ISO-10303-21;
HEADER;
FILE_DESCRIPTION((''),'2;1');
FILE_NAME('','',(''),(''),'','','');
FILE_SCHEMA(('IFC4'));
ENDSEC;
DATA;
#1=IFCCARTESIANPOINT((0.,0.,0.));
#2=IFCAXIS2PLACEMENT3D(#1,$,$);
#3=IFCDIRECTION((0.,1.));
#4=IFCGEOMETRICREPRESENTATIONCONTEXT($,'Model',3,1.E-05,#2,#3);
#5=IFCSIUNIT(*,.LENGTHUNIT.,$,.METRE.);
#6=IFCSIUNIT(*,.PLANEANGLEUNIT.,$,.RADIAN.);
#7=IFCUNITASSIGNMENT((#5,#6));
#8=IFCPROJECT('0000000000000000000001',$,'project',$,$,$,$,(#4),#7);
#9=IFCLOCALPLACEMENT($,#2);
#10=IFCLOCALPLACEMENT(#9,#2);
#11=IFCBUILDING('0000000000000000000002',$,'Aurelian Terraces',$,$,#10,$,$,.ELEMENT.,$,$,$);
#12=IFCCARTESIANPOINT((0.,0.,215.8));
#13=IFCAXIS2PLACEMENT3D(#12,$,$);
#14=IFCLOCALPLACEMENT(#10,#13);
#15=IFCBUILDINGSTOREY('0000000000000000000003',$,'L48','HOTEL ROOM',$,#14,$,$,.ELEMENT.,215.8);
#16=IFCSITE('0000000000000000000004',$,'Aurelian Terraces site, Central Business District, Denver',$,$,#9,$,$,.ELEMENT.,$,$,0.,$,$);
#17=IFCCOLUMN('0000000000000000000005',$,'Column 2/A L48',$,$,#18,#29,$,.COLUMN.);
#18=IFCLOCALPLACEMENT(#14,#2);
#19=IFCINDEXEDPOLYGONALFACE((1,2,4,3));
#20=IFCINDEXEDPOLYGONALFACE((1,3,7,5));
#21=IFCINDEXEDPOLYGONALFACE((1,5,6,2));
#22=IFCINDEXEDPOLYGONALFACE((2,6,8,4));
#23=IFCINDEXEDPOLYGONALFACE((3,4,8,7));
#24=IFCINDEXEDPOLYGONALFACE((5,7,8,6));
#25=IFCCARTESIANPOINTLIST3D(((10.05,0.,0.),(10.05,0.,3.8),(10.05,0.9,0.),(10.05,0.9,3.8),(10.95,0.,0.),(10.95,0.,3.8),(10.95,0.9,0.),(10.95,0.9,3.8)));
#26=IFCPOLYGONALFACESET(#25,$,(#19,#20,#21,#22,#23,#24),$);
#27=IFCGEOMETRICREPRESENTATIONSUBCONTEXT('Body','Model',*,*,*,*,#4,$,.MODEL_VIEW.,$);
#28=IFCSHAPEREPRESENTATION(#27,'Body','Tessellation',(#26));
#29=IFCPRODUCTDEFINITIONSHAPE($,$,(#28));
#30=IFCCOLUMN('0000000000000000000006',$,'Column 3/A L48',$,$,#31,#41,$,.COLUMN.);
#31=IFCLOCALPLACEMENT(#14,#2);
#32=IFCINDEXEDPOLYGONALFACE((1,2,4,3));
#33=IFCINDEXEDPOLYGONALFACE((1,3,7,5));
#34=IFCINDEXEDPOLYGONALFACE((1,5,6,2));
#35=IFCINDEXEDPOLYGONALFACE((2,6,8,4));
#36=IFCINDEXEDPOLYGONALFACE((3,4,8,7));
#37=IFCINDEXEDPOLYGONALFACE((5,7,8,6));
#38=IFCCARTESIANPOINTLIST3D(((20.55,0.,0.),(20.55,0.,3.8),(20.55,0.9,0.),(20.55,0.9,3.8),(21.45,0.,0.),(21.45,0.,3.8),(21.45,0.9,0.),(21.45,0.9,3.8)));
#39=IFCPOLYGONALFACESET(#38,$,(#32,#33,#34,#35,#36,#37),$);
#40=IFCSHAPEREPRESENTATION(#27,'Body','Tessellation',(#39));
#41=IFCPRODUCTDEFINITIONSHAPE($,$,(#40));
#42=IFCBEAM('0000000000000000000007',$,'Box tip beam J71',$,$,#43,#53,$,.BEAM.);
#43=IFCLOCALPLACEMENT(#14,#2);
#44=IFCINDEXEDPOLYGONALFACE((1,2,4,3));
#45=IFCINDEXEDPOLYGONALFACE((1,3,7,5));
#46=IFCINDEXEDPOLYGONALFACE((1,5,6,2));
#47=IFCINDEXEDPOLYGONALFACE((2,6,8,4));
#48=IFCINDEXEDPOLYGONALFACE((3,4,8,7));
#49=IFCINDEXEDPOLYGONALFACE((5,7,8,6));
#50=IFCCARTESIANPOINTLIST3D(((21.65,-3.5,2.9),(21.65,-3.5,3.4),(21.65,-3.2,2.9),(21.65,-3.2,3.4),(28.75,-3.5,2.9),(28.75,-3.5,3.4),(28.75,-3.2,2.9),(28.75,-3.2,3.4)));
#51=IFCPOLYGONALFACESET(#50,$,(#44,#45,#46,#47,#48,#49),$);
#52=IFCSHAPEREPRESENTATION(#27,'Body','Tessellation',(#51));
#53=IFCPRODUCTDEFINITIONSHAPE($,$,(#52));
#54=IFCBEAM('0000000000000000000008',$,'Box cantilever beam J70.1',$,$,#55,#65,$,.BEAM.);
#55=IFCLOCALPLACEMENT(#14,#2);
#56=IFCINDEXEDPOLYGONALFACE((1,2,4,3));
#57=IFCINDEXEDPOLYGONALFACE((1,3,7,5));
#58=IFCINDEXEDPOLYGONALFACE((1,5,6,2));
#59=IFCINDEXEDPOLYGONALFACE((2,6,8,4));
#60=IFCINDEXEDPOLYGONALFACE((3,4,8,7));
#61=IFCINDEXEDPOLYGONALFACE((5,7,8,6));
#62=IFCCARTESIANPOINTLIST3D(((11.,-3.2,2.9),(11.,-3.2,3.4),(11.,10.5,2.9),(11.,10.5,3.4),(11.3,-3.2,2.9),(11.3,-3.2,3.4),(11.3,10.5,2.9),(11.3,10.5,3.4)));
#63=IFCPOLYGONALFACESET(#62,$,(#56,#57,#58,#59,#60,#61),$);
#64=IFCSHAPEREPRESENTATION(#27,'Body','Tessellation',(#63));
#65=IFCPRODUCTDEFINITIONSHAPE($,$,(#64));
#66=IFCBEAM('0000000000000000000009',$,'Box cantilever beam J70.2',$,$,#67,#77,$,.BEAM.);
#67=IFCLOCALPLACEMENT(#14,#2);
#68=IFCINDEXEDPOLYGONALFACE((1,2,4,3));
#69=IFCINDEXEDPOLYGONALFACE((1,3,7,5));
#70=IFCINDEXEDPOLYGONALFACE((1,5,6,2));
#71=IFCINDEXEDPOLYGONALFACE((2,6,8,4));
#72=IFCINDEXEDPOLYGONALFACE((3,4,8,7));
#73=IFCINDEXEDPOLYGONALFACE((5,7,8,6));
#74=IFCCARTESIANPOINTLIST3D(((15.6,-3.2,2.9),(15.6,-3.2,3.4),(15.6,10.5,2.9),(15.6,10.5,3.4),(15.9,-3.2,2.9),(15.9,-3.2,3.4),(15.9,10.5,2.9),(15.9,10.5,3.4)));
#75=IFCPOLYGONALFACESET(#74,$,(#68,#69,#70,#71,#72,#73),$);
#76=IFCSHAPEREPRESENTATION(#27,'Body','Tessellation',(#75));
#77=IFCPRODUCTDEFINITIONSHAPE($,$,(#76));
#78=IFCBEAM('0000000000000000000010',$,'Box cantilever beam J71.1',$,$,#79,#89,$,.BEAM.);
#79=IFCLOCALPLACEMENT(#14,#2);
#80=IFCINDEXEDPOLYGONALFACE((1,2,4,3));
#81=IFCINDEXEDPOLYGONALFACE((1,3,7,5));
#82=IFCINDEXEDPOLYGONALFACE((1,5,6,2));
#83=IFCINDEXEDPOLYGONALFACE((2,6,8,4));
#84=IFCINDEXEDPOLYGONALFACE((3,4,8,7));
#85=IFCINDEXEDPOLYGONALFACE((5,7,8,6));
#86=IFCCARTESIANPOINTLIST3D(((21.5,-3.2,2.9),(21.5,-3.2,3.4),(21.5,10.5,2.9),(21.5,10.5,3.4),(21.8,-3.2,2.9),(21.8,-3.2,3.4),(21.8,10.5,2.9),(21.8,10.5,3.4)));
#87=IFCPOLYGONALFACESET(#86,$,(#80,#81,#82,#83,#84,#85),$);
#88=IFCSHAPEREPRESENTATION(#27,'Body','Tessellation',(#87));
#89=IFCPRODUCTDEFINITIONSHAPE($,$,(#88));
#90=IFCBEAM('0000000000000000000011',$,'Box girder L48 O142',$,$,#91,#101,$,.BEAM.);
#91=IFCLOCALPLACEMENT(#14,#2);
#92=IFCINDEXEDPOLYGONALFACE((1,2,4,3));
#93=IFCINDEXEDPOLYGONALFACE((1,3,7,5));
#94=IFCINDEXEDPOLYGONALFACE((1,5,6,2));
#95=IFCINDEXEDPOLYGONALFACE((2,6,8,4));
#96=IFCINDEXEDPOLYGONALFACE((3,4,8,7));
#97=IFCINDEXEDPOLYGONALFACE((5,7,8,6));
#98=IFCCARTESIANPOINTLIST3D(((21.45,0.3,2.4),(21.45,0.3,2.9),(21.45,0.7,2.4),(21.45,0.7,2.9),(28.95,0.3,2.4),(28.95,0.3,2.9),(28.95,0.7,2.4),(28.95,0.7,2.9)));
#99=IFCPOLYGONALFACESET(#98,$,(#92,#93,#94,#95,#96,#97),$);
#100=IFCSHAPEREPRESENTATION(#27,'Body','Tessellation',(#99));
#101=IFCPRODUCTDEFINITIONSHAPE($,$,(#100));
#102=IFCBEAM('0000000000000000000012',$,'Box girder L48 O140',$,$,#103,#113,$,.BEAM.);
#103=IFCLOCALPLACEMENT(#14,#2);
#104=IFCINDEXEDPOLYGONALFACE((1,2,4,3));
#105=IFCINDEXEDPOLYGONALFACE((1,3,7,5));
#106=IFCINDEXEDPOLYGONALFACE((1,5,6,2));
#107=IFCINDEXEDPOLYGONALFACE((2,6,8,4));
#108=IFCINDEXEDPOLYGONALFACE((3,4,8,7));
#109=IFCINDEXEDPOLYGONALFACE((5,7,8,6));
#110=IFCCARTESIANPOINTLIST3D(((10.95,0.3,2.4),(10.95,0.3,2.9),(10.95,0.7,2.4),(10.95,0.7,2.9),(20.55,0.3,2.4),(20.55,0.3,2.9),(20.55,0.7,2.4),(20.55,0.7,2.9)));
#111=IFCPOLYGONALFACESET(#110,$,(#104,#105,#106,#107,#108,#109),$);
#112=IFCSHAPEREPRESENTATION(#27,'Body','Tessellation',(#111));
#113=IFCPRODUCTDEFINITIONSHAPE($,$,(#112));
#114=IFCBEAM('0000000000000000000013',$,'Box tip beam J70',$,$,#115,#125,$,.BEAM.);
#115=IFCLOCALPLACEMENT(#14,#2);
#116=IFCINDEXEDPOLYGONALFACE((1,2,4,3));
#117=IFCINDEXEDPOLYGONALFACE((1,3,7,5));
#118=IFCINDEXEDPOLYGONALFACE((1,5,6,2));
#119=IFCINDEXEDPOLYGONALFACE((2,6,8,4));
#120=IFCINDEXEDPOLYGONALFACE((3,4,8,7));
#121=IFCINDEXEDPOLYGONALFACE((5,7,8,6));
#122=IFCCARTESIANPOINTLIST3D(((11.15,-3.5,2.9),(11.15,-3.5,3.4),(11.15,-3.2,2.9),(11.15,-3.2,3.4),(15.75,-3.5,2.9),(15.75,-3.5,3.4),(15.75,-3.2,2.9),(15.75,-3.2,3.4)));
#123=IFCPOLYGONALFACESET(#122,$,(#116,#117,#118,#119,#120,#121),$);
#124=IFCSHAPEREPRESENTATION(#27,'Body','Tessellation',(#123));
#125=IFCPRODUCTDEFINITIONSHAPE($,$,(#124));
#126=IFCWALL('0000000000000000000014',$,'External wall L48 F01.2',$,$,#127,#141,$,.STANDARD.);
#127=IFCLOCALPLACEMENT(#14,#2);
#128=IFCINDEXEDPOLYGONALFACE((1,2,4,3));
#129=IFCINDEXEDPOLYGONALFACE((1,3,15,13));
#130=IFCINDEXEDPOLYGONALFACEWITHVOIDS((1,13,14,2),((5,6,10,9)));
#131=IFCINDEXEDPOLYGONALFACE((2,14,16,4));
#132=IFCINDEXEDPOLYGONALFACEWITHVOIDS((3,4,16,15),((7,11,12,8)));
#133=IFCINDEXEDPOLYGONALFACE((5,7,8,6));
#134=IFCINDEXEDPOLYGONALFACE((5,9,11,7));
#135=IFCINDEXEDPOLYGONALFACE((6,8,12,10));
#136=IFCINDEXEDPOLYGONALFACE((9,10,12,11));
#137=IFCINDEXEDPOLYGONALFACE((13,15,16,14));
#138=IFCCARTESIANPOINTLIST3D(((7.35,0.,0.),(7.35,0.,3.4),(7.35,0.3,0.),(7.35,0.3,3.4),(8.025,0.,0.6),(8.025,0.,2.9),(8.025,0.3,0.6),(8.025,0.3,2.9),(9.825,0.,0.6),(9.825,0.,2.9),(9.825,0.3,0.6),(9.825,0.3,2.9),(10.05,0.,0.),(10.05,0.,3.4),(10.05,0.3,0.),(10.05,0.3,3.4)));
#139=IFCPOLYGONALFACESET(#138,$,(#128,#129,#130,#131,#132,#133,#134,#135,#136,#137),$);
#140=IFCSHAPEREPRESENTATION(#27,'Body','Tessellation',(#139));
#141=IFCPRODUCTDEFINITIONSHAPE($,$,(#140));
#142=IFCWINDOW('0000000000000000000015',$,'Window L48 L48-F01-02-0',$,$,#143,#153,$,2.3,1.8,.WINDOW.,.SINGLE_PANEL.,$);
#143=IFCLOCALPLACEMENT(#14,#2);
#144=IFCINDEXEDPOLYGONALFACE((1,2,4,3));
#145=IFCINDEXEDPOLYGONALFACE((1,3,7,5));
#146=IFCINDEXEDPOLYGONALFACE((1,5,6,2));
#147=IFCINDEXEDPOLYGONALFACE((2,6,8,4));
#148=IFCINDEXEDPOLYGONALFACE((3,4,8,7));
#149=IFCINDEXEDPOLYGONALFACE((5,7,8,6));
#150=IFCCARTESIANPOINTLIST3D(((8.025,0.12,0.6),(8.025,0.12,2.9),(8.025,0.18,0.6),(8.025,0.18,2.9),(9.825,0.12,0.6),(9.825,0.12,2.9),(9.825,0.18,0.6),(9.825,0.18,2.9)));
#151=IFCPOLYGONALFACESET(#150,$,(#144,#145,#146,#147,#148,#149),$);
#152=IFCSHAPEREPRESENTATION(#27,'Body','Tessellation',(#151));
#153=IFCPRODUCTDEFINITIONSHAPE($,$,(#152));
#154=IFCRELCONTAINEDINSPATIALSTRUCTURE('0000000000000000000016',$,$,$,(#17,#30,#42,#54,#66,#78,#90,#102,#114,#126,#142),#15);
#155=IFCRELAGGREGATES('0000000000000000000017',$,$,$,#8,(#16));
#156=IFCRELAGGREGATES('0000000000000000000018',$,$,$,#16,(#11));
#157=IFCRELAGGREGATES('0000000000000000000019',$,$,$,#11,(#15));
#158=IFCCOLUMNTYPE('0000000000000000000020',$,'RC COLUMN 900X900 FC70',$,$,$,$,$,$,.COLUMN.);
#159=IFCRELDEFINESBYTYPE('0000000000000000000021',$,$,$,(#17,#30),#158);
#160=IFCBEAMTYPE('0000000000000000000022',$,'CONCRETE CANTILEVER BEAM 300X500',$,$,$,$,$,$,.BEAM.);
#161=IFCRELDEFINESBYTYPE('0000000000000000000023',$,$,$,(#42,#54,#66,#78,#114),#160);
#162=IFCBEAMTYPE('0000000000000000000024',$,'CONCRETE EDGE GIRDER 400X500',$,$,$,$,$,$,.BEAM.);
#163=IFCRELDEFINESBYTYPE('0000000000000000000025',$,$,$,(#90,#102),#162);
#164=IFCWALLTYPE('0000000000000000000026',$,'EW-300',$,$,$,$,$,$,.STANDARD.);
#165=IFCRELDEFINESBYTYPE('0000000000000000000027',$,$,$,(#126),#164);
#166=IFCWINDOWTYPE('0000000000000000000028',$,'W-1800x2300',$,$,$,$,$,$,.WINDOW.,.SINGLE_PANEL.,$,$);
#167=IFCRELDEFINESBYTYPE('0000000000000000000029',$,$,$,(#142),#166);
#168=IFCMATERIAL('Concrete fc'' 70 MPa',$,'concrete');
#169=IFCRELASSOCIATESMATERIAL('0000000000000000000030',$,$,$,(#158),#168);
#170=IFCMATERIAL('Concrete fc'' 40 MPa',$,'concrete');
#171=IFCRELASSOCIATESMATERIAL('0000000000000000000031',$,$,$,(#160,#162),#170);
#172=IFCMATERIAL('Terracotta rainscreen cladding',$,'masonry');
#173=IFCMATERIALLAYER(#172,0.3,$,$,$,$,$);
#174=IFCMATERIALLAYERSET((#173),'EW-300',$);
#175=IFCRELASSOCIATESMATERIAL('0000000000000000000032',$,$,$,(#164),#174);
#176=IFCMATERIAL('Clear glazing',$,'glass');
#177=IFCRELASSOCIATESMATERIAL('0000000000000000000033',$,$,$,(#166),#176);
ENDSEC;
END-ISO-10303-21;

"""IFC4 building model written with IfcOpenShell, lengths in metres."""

from ifc_helpers import new_model, si_unit, direction, frame, frame_2d, origin, origin_2d, place, context, subcontext, project, spatial, rectangle, extrude, source, transform, mapped, material, layer, layer_set, material_profile, profile_set, type_object, element, fill, save


model = new_model("IFC4")

# Units and contexts
model_context = context("Model", 3, precision=1e-05, world=origin(), true_north=direction((0.0, 1.0)))
body_context = subcontext(model_context, "Body", "Model", "MODEL_VIEW")
ifc_project = project(units=[si_unit("LENGTHUNIT", "METRE"), si_unit("PLANEANGLEUNIT", "RADIAN")], contexts=[model_context])

# Site, building, storey
site_placement = place(None, origin())
site = spatial("IfcSite", under=ifc_project, at=site_placement, Name="Aurelian Terraces site, Central Business District, Denver", CompositionType="ELEMENT", RefElevation=0.0)
building_placement = place(site_placement, origin())
building = spatial("IfcBuilding", under=site, at=building_placement, Name="Aurelian Terraces", CompositionType="ELEMENT")
storey_placement = place(building_placement, frame((0.0, 0.0, 215.8)))
storey = spatial("IfcBuildingStorey", under=building, at=storey_placement, Name="L48", Description="HOTEL ROOM", CompositionType="ELEMENT", Elevation=215.8)

# Columns
ifc_material_1 = material(Name="Concrete fc' 70 MPa", Category="concrete")
ifc_material_profile_1 = material_profile(ifc_material_1, rectangle(XDim=0.9, YDim=0.9, at=origin_2d()))
ifc_profile_set_1 = profile_set([ifc_material_profile_1], Name="Concrete fc' 70 MPa")
column_type = type_object("IfcColumnType", Name="RC COLUMN 900X900 FC70", PredefinedType="COLUMN", material=ifc_profile_set_1)
shared_shape_1 = source(origin(), body_context, "Body", "SweptSolid", [
    extrude(rectangle(XDim=0.9, YDim=0.9, at=origin_2d()), origin(), (0.0, 0.0, 1.0), 3.8),
])
for number, where, z_axis, x_axis, name in (
    (1, (10.5, 0.45, 0.0), (0.0, 0.0, 1.0), (1.0, 0.0, 0.0), "Column 2/A L48"),
    (2, (21.0, 0.45, 0.0), (0.0, 0.0, 1.0), (1.0, 0.0, 0.0), "Column 3/A L48"),
):
    element("IfcColumn", number, at=place(storey_placement, frame(where, z_axis=z_axis, x_axis=x_axis)), inside=storey, type_object=column_type, Name=name, PredefinedType="COLUMN", context=body_context, shape_type="MappedRepresentation", body=[
        mapped(shared_shape_1, transform((0.0, 0.0, 0.0), scale=1.0)),
    ])

# Beams
ifc_material_2 = material(Name="Concrete fc' 40 MPa", Category="concrete")
ifc_material_profile_2 = material_profile(ifc_material_2, rectangle(XDim=0.3, YDim=0.5, at=origin_2d()))
ifc_profile_set_2 = profile_set([ifc_material_profile_2], Name="Concrete fc' 40 MPa")
beam_type_1 = type_object("IfcBeamType", Name="CONCRETE CANTILEVER BEAM 300X500", PredefinedType="BEAM", material=ifc_profile_set_2)
beam_1_placement = place(storey_placement, frame((21.65, -3.35, 3.15), z_axis=(1.0, 0.0, 0.0), x_axis=(0.0, 1.0, 0.0)))
element("IfcBeam", 3, at=beam_1_placement, inside=storey, type_object=beam_type_1, Name="Box tip beam J71", PredefinedType="BEAM", context=body_context, shape_type="SweptSolid", body=[
    extrude(rectangle(XDim=0.3, YDim=0.5, at=origin_2d()), origin(), (0.0, 0.0, 1.0), 7.1),
])
shared_shape_2 = source(origin(), body_context, "Body", "SweptSolid", [
    extrude(rectangle(XDim=0.3, YDim=0.5, at=origin_2d()), origin(), (0.0, 0.0, 1.0), 13.7),
])
for number, where, z_axis, x_axis, name in (
    (4, (11.15, -3.2, 3.15), (0.0, 1.0, 0.0), (-1.0, 0.0, 0.0), "Box cantilever beam J70.1"),
    (5, (15.75, -3.2, 3.15), (0.0, 1.0, 0.0), (-1.0, 0.0, 0.0), "Box cantilever beam J70.2"),
    (6, (21.65, -3.2, 3.15), (0.0, 1.0, 0.0), (-1.0, 0.0, 0.0), "Box cantilever beam J71.1"),
):
    element("IfcBeam", number, at=place(storey_placement, frame(where, z_axis=z_axis, x_axis=x_axis)), inside=storey, type_object=beam_type_1, Name=name, PredefinedType="BEAM", context=body_context, shape_type="MappedRepresentation", body=[
        mapped(shared_shape_2, transform((0.0, 0.0, 0.0), scale=1.0)),
    ])
ifc_material_profile_3 = material_profile(ifc_material_2, rectangle(XDim=0.4, YDim=0.5, at=origin_2d()))
ifc_profile_set_3 = profile_set([ifc_material_profile_3], Name="Concrete fc' 40 MPa")
beam_type_2 = type_object("IfcBeamType", Name="CONCRETE EDGE GIRDER 400X500", PredefinedType="BEAM", material=ifc_profile_set_3)
shared_shape_3 = source(origin(), body_context, "Body", "SweptSolid", [
    extrude(rectangle(XDim=0.4, YDim=0.5, at=origin_2d()), origin(), (0.0, 0.0, 1.0), 7.5),
])
beam_2_placement = place(storey_placement, frame((21.45, 0.5, 2.65), z_axis=(1.0, 0.0, 0.0), x_axis=(0.0, 1.0, 0.0)))
element("IfcBeam", 7, at=beam_2_placement, inside=storey, type_object=beam_type_2, Name="Box girder L48 O142", PredefinedType="BEAM", context=body_context, shape_type="MappedRepresentation", body=[
    mapped(shared_shape_3, transform((0.0, 0.0, 0.0), scale=1.0)),
])
shared_shape_4 = source(origin(), body_context, "Body", "SweptSolid", [
    extrude(rectangle(XDim=0.4, YDim=0.5, at=origin_2d()), origin(), (0.0, 0.0, 1.0), 9.6),
])
beam_3_placement = place(storey_placement, frame((10.95, 0.5, 2.65), z_axis=(1.0, 0.0, 0.0), x_axis=(0.0, 1.0, 0.0)))
element("IfcBeam", 8, at=beam_3_placement, inside=storey, type_object=beam_type_2, Name="Box girder L48 O140", PredefinedType="BEAM", context=body_context, shape_type="MappedRepresentation", body=[
    mapped(shared_shape_4, transform((0.0, 0.0, 0.0), scale=1.0)),
])
shared_shape_5 = source(origin(), body_context, "Body", "SweptSolid", [
    extrude(rectangle(XDim=0.3, YDim=0.5, at=origin_2d()), origin(), (0.0, 0.0, 1.0), 4.6),
])
beam_4_placement = place(storey_placement, frame((11.15, -3.35, 3.15), z_axis=(1.0, 0.0, 0.0), x_axis=(0.0, 1.0, 0.0)))
element("IfcBeam", 9, at=beam_4_placement, inside=storey, type_object=beam_type_1, Name="Box tip beam J70", PredefinedType="BEAM", context=body_context, shape_type="MappedRepresentation", body=[
    mapped(shared_shape_5, transform((0.0, 0.0, 0.0), scale=1.0)),
])

# Wall, opening, window
ifc_material_3 = material(Name="Terracotta rainscreen cladding", Category="masonry")
ifc_layer_1 = layer(ifc_material_3, 0.3)
ifc_layer_set_1 = layer_set([ifc_layer_1], Name="EW-300")
wall_type_1 = type_object("IfcWallType", Name="EW-300", PredefinedType="STANDARD", material=ifc_layer_set_1)
shared_shape_6 = source(origin(), body_context, "Body", "SweptSolid", [
    extrude(rectangle(XDim=2.7, YDim=0.3, at=frame_2d((1.35, 0.0))), origin(), (0.0, 0.0, 1.0), 3.4),
])
wall_1_placement = place(storey_placement, frame((7.35, 0.15, 0.0), z_axis=(0.0, 0.0, 1.0), x_axis=(1.0, 0.0, 0.0)))
wall_1 = element("IfcWall", 10, at=wall_1_placement, inside=storey, type_object=wall_type_1, Name="External wall L48 F01.2", PredefinedType="STANDARD", context=body_context, shape_type="MappedRepresentation", body=[
    mapped(shared_shape_6, transform((0.0, 0.0, 0.0), scale=1.0)),
])
shared_shape_7 = source(origin(), body_context, "Body", "SweptSolid", [
    extrude(rectangle(XDim=1.8, YDim=2.3, at=frame_2d((0.9, 1.15))), frame((0.0, 0.16, 0.0), z_axis=(0.0, -1.0, 0.0), x_axis=(1.0, 0.0, 0.0)), (0.0, 0.0, 1.0), 0.32),
])
opening_1_placement = place(wall_1_placement, frame((0.675, 0.0, 0.6)))
opening_1 = element("IfcOpeningElement", 11, at=opening_1_placement, cuts=wall_1, PredefinedType="OPENING", context=body_context, shape_type="MappedRepresentation", body=[
    mapped(shared_shape_7, transform((0.0, 0.0, 0.0), scale=1.0)),
])
ifc_material_4 = material(Name="Clear glazing", Category="glass")
window_type_1 = type_object("IfcWindowType", Name="W-1800x2300", PartitioningType="SINGLE_PANEL", PredefinedType="WINDOW", material=ifc_material_4)
shared_shape_8 = source(origin(), body_context, "Body", "SweptSolid", [
    extrude(rectangle(XDim=1.8, YDim=2.3, at=frame_2d((0.9, 1.15))), frame((0.0, 0.03, 0.0), z_axis=(0.0, -1.0, 0.0), x_axis=(1.0, 0.0, 0.0)), (0.0, 0.0, 1.0), 0.06),
])
window_1_placement = place(opening_1_placement, origin())
window_1 = element("IfcWindow", 12, at=window_1_placement, inside=storey, type_object=window_type_1, Name="Window L48 L48-F01-02-0", OverallHeight=2.3, OverallWidth=1.8, PartitioningType="SINGLE_PANEL", PredefinedType="WINDOW", context=body_context, shape_type="MappedRepresentation", body=[
    mapped(shared_shape_8, transform((0.0, 0.0, 0.0), scale=1.0)),
])
fill(opening_1, window_1)

save(model, "model.ifc")
